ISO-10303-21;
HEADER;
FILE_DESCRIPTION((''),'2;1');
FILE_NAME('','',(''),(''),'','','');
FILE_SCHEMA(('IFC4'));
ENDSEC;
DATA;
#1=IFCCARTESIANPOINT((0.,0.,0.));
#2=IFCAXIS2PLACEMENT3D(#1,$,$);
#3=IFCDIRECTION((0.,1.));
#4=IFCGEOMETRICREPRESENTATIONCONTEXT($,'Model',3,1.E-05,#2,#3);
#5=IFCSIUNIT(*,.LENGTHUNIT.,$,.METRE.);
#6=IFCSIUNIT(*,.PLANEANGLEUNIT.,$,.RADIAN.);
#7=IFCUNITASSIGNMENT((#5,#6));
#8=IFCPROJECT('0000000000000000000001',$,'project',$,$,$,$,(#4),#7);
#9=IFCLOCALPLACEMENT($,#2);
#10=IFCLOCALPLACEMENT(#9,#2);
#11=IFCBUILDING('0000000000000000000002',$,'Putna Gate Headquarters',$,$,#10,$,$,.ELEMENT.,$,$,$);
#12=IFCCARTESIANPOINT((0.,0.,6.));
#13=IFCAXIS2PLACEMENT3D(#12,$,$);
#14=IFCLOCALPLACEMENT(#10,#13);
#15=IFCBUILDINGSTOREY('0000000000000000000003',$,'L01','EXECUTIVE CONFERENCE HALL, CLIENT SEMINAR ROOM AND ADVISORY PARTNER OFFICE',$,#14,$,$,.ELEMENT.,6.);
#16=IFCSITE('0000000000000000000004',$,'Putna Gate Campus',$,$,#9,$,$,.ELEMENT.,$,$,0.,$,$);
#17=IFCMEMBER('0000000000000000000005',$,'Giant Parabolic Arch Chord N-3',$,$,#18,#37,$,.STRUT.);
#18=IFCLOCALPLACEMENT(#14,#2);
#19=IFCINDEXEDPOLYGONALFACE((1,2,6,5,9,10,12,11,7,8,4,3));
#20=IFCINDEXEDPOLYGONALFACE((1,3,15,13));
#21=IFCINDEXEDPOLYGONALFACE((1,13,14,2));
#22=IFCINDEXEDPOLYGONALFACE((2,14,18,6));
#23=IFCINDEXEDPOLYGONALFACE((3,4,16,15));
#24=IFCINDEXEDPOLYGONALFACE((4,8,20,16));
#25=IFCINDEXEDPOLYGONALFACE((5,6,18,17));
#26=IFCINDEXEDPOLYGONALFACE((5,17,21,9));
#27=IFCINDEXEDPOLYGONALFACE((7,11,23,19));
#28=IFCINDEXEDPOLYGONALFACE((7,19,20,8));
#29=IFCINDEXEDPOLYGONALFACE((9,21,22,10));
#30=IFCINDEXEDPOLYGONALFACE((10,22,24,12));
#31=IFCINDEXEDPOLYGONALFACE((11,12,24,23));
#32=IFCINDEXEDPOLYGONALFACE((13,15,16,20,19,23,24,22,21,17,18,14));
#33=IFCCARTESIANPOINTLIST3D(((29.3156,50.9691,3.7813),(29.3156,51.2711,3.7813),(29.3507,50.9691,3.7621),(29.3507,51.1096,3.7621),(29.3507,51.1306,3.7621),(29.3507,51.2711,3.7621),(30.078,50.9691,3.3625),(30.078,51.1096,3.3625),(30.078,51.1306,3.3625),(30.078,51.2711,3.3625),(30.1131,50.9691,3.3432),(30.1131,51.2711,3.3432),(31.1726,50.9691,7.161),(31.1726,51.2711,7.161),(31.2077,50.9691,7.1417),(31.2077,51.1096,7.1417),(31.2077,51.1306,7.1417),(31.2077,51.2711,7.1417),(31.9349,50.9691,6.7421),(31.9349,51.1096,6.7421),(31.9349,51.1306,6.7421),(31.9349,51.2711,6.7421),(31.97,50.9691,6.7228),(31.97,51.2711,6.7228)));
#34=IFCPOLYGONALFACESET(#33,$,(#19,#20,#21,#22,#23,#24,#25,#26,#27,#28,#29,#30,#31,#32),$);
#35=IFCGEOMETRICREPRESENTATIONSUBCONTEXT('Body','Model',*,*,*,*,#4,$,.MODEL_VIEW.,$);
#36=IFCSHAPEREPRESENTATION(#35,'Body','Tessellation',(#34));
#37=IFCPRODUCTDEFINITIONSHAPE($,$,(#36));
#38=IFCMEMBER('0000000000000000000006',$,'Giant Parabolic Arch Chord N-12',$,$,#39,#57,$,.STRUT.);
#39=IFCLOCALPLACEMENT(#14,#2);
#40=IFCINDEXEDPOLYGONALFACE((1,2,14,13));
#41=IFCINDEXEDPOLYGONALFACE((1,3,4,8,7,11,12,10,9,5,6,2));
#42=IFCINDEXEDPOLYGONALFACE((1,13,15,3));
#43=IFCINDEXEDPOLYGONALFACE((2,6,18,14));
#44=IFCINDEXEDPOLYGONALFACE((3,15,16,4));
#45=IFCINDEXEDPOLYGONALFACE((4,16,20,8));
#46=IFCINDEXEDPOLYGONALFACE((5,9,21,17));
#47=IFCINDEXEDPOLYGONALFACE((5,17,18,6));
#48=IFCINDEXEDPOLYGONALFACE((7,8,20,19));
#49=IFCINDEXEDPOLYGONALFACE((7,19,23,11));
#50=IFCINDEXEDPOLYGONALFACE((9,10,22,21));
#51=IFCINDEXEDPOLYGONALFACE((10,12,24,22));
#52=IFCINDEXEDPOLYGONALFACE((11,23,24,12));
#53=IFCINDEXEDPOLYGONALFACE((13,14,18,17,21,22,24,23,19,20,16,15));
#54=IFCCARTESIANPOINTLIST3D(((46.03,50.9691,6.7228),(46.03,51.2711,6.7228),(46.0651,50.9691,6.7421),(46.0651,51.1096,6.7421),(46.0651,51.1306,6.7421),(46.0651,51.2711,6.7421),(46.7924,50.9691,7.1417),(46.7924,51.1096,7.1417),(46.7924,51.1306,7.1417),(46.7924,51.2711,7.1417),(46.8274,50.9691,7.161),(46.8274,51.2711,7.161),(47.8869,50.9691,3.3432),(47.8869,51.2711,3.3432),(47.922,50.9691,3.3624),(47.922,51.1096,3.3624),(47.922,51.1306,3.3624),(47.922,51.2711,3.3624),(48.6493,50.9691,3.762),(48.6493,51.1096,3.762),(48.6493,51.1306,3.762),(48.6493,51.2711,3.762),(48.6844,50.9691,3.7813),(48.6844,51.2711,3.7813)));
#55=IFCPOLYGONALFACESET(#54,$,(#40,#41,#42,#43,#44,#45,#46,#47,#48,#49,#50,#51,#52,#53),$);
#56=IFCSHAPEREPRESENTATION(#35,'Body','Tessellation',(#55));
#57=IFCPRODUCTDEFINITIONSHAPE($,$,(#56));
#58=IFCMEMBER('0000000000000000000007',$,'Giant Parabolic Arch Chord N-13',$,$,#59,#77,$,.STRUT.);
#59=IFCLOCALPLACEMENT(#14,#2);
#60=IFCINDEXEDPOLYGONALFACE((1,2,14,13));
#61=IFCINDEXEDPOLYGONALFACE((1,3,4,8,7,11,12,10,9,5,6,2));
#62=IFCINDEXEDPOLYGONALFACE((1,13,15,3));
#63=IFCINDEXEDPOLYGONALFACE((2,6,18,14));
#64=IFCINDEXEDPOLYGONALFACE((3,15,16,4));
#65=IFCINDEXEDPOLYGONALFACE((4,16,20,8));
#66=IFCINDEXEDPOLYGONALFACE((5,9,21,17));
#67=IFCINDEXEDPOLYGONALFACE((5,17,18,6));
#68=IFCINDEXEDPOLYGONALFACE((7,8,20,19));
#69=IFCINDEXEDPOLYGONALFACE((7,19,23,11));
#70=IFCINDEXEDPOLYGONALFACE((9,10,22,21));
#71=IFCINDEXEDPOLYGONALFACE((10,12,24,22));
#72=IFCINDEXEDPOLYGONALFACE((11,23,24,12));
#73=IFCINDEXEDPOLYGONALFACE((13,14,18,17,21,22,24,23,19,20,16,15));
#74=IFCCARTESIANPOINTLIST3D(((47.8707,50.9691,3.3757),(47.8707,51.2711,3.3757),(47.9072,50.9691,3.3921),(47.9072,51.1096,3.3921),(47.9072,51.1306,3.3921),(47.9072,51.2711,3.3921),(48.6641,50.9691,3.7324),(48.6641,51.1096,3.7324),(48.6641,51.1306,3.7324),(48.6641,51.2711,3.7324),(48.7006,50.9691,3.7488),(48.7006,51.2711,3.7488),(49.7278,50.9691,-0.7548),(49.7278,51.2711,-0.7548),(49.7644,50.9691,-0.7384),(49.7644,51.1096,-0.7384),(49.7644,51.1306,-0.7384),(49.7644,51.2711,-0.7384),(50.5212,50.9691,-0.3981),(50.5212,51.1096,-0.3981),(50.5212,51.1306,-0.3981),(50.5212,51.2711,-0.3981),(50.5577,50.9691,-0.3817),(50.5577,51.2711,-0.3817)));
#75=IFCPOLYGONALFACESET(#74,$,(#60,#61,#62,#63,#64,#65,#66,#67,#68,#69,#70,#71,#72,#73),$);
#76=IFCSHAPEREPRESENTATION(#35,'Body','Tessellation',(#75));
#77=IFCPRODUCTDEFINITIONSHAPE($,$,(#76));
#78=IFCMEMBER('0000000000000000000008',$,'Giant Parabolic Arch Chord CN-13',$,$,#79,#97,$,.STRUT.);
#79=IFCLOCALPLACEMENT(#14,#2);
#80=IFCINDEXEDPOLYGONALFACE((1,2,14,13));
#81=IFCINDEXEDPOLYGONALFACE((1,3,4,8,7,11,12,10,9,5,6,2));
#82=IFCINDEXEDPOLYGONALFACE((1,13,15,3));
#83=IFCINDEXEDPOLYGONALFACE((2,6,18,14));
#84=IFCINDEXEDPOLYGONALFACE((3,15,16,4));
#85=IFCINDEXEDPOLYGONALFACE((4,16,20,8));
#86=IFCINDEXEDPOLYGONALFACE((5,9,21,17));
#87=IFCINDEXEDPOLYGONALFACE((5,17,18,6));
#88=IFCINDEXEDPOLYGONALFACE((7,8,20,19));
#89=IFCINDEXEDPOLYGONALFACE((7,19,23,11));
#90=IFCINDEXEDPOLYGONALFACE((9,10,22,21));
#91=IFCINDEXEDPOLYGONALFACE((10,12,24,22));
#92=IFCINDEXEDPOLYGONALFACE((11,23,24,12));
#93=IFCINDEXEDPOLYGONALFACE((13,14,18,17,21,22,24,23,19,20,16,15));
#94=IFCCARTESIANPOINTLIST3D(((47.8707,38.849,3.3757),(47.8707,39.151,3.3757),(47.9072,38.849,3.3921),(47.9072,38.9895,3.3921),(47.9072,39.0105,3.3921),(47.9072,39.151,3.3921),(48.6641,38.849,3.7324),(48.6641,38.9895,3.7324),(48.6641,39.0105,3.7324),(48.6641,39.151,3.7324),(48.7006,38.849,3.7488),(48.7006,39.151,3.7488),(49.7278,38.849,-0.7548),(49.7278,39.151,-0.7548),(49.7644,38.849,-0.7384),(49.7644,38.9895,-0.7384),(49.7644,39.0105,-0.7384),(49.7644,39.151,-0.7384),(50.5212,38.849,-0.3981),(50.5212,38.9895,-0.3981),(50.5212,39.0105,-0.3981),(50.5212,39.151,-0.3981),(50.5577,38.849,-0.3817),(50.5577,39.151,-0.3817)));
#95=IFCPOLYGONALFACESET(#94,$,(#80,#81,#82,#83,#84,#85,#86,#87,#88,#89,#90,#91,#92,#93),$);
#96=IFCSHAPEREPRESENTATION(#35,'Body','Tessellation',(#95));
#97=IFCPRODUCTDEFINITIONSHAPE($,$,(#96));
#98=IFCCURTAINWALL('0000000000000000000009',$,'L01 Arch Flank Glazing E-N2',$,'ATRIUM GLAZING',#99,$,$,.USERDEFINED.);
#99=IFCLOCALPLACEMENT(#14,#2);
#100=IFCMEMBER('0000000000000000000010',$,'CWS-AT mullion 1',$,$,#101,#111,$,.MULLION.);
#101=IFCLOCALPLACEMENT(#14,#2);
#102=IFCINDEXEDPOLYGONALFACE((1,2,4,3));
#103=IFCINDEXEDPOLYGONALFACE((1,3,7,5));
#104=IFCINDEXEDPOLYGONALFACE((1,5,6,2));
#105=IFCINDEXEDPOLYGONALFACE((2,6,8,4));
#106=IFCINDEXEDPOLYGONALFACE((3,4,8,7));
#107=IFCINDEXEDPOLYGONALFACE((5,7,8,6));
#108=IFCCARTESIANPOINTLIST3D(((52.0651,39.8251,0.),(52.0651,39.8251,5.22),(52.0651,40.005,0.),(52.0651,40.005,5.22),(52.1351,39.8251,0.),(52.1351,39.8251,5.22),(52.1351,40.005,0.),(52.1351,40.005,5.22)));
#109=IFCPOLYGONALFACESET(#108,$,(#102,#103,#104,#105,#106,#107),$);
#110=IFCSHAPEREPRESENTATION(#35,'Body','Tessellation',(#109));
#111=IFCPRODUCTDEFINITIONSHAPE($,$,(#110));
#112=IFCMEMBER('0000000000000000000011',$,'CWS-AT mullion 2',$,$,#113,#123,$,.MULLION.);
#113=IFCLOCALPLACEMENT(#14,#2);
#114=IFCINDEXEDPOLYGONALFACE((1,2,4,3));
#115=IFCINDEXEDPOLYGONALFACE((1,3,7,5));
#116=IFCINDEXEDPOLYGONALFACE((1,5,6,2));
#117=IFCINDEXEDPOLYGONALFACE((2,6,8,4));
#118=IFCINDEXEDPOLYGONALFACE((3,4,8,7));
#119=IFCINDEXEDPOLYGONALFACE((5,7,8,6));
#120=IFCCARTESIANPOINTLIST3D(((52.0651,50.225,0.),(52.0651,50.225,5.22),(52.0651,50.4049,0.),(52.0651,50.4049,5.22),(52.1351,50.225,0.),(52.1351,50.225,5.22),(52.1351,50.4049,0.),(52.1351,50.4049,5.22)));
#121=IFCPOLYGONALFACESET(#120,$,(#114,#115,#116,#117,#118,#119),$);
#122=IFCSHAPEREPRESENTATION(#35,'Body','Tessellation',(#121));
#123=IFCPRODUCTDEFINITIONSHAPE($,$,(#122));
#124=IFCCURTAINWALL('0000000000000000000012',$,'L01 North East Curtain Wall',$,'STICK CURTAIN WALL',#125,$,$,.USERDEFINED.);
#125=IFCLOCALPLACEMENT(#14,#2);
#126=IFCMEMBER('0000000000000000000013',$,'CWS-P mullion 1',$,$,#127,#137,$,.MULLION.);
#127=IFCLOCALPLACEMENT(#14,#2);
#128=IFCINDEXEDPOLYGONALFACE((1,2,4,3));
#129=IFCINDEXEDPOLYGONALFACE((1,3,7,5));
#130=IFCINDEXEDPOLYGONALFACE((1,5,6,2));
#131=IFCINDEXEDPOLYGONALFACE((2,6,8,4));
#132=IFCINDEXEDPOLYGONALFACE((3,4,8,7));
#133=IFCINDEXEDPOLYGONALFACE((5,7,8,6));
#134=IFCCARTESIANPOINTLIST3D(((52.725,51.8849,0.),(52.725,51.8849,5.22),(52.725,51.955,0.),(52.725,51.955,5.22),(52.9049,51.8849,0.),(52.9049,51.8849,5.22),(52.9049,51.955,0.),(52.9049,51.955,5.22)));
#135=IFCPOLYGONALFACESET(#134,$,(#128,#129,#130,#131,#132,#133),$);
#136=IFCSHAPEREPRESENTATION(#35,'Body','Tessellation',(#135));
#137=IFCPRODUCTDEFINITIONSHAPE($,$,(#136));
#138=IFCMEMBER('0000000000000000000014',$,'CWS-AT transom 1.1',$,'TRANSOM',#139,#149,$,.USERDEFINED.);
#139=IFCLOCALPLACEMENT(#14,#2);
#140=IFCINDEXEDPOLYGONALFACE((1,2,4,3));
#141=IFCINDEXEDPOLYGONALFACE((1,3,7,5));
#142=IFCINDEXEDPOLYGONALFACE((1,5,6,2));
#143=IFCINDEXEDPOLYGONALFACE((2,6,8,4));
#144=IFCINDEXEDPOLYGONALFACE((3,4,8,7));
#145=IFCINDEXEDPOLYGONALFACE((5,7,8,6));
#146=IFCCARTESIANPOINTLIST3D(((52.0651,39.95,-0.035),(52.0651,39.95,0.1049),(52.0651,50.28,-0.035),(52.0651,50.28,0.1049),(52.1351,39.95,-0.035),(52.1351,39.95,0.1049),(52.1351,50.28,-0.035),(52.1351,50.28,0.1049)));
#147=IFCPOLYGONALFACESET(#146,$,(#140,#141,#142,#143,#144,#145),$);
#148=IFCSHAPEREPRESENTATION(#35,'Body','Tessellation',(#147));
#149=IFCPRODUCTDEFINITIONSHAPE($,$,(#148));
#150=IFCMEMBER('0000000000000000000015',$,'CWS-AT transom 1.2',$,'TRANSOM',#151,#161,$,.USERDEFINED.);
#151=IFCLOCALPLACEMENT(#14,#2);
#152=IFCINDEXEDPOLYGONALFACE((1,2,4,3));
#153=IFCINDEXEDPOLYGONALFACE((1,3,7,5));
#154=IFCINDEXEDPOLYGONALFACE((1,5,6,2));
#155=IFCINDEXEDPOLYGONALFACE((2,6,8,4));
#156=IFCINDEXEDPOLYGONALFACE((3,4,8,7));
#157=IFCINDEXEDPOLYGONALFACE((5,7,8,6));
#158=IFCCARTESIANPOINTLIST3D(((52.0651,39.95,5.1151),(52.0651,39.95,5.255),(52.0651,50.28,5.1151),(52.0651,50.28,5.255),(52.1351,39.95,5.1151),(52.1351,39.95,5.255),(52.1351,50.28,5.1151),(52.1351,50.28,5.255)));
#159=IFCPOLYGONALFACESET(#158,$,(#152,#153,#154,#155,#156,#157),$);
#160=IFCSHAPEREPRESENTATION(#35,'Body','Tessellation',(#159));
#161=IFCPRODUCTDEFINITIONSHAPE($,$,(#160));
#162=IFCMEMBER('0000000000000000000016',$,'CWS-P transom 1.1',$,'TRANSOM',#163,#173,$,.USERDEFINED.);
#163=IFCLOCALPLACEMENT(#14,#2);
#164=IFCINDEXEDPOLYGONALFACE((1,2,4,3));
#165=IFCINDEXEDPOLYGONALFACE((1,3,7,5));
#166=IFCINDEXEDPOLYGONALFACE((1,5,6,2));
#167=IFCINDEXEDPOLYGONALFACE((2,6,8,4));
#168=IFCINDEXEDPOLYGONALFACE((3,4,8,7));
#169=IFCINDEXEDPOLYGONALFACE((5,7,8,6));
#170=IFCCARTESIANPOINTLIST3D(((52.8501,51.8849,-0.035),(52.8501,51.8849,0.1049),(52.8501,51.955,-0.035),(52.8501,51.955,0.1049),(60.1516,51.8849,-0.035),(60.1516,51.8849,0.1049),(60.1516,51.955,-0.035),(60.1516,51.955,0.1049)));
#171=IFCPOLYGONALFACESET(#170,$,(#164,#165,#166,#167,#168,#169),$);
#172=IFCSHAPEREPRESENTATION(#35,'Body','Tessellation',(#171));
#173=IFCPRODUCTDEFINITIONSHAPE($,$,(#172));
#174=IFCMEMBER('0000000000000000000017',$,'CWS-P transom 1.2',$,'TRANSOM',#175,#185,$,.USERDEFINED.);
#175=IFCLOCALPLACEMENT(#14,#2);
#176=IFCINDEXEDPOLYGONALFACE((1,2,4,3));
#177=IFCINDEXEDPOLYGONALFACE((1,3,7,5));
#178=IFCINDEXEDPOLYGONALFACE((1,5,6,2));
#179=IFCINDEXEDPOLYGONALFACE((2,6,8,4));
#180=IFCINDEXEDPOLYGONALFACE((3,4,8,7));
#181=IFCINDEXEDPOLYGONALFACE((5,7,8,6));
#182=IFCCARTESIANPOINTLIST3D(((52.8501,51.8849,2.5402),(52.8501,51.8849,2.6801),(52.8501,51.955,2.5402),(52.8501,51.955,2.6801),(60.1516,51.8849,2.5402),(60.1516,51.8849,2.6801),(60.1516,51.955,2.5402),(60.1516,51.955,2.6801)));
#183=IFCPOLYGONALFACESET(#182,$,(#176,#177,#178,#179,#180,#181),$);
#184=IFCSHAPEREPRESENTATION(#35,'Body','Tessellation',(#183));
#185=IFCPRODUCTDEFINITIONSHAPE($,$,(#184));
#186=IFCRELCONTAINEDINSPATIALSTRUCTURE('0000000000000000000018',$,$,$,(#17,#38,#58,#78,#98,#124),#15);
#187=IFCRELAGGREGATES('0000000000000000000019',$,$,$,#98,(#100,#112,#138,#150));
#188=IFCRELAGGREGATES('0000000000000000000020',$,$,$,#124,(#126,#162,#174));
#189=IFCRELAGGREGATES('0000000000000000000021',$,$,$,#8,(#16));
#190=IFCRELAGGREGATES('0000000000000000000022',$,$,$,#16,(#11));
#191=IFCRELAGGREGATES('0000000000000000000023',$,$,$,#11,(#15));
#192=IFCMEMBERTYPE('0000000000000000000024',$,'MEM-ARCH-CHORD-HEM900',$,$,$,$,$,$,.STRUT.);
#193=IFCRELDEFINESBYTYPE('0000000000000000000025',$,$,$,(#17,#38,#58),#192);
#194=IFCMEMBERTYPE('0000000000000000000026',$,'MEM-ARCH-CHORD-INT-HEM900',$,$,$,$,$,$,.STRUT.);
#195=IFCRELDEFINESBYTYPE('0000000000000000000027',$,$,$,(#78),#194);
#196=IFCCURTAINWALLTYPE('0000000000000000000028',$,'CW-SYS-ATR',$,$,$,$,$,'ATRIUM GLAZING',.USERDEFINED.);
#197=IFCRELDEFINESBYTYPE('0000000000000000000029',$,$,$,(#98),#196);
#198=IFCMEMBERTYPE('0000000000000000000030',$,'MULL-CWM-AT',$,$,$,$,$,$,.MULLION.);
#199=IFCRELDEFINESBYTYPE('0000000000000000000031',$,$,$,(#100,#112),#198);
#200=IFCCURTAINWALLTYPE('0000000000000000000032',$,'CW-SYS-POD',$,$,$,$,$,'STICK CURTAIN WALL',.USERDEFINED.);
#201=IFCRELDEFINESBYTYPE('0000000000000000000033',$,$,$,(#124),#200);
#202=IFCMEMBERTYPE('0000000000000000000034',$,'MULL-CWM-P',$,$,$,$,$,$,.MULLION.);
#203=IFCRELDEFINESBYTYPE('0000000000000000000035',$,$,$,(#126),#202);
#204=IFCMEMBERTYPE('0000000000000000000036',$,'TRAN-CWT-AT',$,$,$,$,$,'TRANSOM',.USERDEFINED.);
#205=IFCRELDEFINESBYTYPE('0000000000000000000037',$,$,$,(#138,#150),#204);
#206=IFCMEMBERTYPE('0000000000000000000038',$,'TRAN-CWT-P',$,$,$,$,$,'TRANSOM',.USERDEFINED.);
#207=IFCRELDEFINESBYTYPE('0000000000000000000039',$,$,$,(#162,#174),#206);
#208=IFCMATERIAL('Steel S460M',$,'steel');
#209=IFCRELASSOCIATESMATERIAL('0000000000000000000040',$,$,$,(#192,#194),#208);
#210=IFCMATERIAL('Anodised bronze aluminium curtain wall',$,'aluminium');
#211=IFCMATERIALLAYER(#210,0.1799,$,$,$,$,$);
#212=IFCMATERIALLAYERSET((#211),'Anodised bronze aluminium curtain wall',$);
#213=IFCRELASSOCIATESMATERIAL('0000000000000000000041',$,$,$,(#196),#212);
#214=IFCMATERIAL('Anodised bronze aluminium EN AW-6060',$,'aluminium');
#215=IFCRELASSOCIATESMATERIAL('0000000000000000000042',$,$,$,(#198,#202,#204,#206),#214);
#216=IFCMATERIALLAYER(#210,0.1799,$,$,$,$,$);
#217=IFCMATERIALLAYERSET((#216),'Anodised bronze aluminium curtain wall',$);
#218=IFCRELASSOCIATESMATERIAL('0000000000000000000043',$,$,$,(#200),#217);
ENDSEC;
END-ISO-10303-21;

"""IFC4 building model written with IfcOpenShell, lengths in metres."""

from ifc_helpers import new_model, si_unit, direction, frame, origin, origin_2d, place, context, subcontext, project, spatial, rectangle, i_section, extrude, material, layer, layer_set, material_profile, profile_set, type_object, element, aggregate, save


model = new_model("IFC4")

# Units and contexts
model_context = context("Model", 3, precision=1e-05, world=origin(), true_north=direction((0.0, 1.0)))
body_context = subcontext(model_context, "Body", "Model", "MODEL_VIEW")
ifc_project = project(units=[si_unit("LENGTHUNIT", "METRE"), si_unit("PLANEANGLEUNIT", "RADIAN")], contexts=[model_context])

# Site, building, storey
site_placement = place(None, origin())
site = spatial("IfcSite", under=ifc_project, at=site_placement, Name="Putna Gate Campus", CompositionType="ELEMENT", RefElevation=0.0)
building_placement = place(site_placement, origin())
building = spatial("IfcBuilding", under=site, at=building_placement, Name="Putna Gate Headquarters", CompositionType="ELEMENT")
storey_placement = place(building_placement, frame((0.0, 0.0, 6.0)))
storey = spatial("IfcBuildingStorey", under=building, at=storey_placement, Name="L01", Description="EXECUTIVE CONFERENCE HALL, CLIENT SEMINAR ROOM AND ADVISORY PARTNER OFFICE", CompositionType="ELEMENT", Elevation=6.0)

# Members
ifc_material_1 = material(Name="Steel S460M", Category="steel")
ifc_material_profile_1 = material_profile(ifc_material_1, i_section(OverallWidth=0.302, OverallDepth=0.9099, WebThickness=0.021, FlangeThickness=0.04, at=origin_2d()), Name="Steel S460M")
ifc_profile_set_1 = profile_set([ifc_material_profile_1], Name="Steel S460M")
member_type_1 = type_object("IfcMemberType", Name="MEM-ARCH-CHORD-HEM900", PredefinedType="STRUT", material=ifc_profile_set_1)
for number, where, z_axis, x_axis, name in (
    (1, (29.7144, 51.1201, 3.5623), (0.481547, 0.0, 0.87642), (0.0, 1.0, 0.0), "Giant Parabolic Arch Chord N-3"),
    (2, (46.4287, 51.1201, 6.9419), (0.481547, 0.0, -0.87642), (0.0, 1.0, 0.0), "Giant Parabolic Arch Chord N-12"),
):
    element("IfcMember", number, at=place(storey_placement, frame(where, z_axis=z_axis, x_axis=x_axis)), inside=storey, type_object=member_type_1, Name=name, PredefinedType="STRUT", context=body_context, shape_type="SweptSolid", body=[
        extrude(i_section(OverallWidth=0.302, OverallDepth=0.9099, WebThickness=0.021, FlangeThickness=0.04, at=origin_2d()), origin(), (0.0, 0.0, 1.0), 3.8562),
    ])
member_1_placement = place(storey_placement, frame((48.2856, 51.1201, 3.5623), z_axis=(0.410071, 0.0, -0.912054), x_axis=(0.0, 1.0, 0.0)))
element("IfcMember", 3, at=member_1_placement, inside=storey, type_object=member_type_1, Name="Giant Parabolic Arch Chord N-13", PredefinedType="STRUT", context=body_context, shape_type="SweptSolid", body=[
    extrude(i_section(OverallWidth=0.302, OverallDepth=0.9099, WebThickness=0.021, FlangeThickness=0.04, at=origin_2d()), origin(), (0.0, 0.0, 1.0), 4.5288),
])
ifc_material_profile_2 = material_profile(ifc_material_1, i_section(OverallWidth=0.302, OverallDepth=0.9099, WebThickness=0.021, FlangeThickness=0.04, at=origin_2d()), Name="Steel S460M")
ifc_profile_set_2 = profile_set([ifc_material_profile_2], Name="Steel S460M")
member_type_2 = type_object("IfcMemberType", Name="MEM-ARCH-CHORD-INT-HEM900", PredefinedType="STRUT", material=ifc_profile_set_2)
member_2_placement = place(storey_placement, frame((48.2856, 39.0, 3.5623), z_axis=(0.410071, 0.0, -0.912054), x_axis=(0.0, 1.0, 0.0)))
element("IfcMember", 4, at=member_2_placement, inside=storey, type_object=member_type_2, Name="Giant Parabolic Arch Chord CN-13", PredefinedType="STRUT", context=body_context, shape_type="SweptSolid", body=[
    extrude(i_section(OverallWidth=0.302, OverallDepth=0.9099, WebThickness=0.021, FlangeThickness=0.04, at=origin_2d()), origin(), (0.0, 0.0, 1.0), 4.5288),
])

# Curtain wall, members
ifc_material_2 = material(Name="Anodised bronze aluminium curtain wall", Category="aluminium")
ifc_layer_1 = layer(ifc_material_2, 0.1799)
ifc_layer_set_1 = layer_set([ifc_layer_1], Name="Anodised bronze aluminium curtain wall")
curtain_wall_type_1 = type_object("IfcCurtainWallType", Name="CW-SYS-ATR", ElementType="ATRIUM GLAZING", PredefinedType="USERDEFINED", material=ifc_layer_set_1)
curtain_wall_1_placement = place(storey_placement, origin())
curtain_wall_1 = element("IfcCurtainWall", 5, at=curtain_wall_1_placement, inside=storey, type_object=curtain_wall_type_1, Name="L01 Arch Flank Glazing E-N2", ObjectType="ATRIUM GLAZING", PredefinedType="USERDEFINED")
ifc_material_3 = material(Name="Anodised bronze aluminium EN AW-6060", Category="aluminium")
ifc_material_profile_3 = material_profile(ifc_material_3, rectangle(XDim=0.0701, YDim=0.1799, at=origin_2d()), Name="Anodised bronze aluminium EN AW-6060")
ifc_profile_set_3 = profile_set([ifc_material_profile_3], Name="Anodised bronze aluminium EN AW-6060")
member_type_3 = type_object("IfcMemberType", Name="MULL-CWM-AT", PredefinedType="MULLION", material=ifc_profile_set_3)
member_3_placement = place(storey_placement, frame((52.1001, 39.915, 0.0), z_axis=(0.0, 0.0, 1.0), x_axis=(-1.0, 0.0, 0.0)))
member_3 = element("IfcMember", 6, at=member_3_placement, type_object=member_type_3, Name="CWS-AT mullion 1", PredefinedType="MULLION", context=body_context, shape_type="SweptSolid", body=[
    extrude(rectangle(XDim=0.0701, YDim=0.1799, at=origin_2d()), origin(), (0.0, 0.0, 1.0), 5.22),
])
member_4_placement = place(storey_placement, frame((52.1001, 50.3149, 0.0), z_axis=(0.0, 0.0, 1.0), x_axis=(-1.0, 0.0, 0.0)))
member_4 = element("IfcMember", 7, at=member_4_placement, type_object=member_type_3, Name="CWS-AT mullion 2", PredefinedType="MULLION", context=body_context, shape_type="SweptSolid", body=[
    extrude(rectangle(XDim=0.0701, YDim=0.1799, at=origin_2d()), origin(), (0.0, 0.0, 1.0), 5.22),
])

# Curtain wall, member
ifc_layer_2 = layer(ifc_material_2, 0.1799)
ifc_layer_set_2 = layer_set([ifc_layer_2], Name="Anodised bronze aluminium curtain wall")
curtain_wall_type_2 = type_object("IfcCurtainWallType", Name="CW-SYS-POD", ElementType="STICK CURTAIN WALL", PredefinedType="USERDEFINED", material=ifc_layer_set_2)
curtain_wall_2_placement = place(storey_placement, origin())
curtain_wall_2 = element("IfcCurtainWall", 8, at=curtain_wall_2_placement, inside=storey, type_object=curtain_wall_type_2, Name="L01 North East Curtain Wall", ObjectType="STICK CURTAIN WALL", PredefinedType="USERDEFINED")
ifc_material_profile_4 = material_profile(ifc_material_3, rectangle(XDim=0.0701, YDim=0.1799, at=origin_2d()), Name="Anodised bronze aluminium EN AW-6060")
ifc_profile_set_4 = profile_set([ifc_material_profile_4], Name="Anodised bronze aluminium EN AW-6060")
member_type_4 = type_object("IfcMemberType", Name="MULL-CWM-P", PredefinedType="MULLION", material=ifc_profile_set_4)
member_5_placement = place(storey_placement, frame((52.8149, 51.9199, 0.0), z_axis=(0.0, 0.0, 1.0), x_axis=(0.0, 1.0, 0.0)))
member_5 = element("IfcMember", 9, at=member_5_placement, type_object=member_type_4, Name="CWS-P mullion 1", PredefinedType="MULLION", context=body_context, shape_type="SweptSolid", body=[
    extrude(rectangle(XDim=0.0701, YDim=0.1799, at=origin_2d()), origin(), (0.0, 0.0, 1.0), 5.22),
])

# Members
ifc_material_profile_5 = material_profile(ifc_material_3, rectangle(XDim=0.0701, YDim=0.1399, at=origin_2d()), Name="Anodised bronze aluminium EN AW-6060")
ifc_profile_set_5 = profile_set([ifc_material_profile_5], Name="Anodised bronze aluminium EN AW-6060")
member_type_5 = type_object("IfcMemberType", Name="TRAN-CWT-AT", ElementType="TRANSOM", PredefinedType="USERDEFINED", material=ifc_profile_set_5)
member_6_placement = place(storey_placement, frame((52.1001, 39.95, 0.0349), z_axis=(0.0, 1.0, 0.0), x_axis=(-1.0, 0.0, 0.0)))
member_6 = element("IfcMember", 10, at=member_6_placement, type_object=member_type_5, Name="CWS-AT transom 1.1", ObjectType="TRANSOM", PredefinedType="USERDEFINED", context=body_context, shape_type="SweptSolid", body=[
    extrude(rectangle(XDim=0.0701, YDim=0.1399, at=origin_2d()), origin(), (0.0, 0.0, 1.0), 10.3301),
])
member_7_placement = place(storey_placement, frame((52.1001, 39.95, 5.1851), z_axis=(0.0, 1.0, 0.0), x_axis=(-1.0, 0.0, 0.0)))
member_7 = element("IfcMember", 11, at=member_7_placement, type_object=member_type_5, Name="CWS-AT transom 1.2", ObjectType="TRANSOM", PredefinedType="USERDEFINED", context=body_context, shape_type="SweptSolid", body=[
    extrude(rectangle(XDim=0.0701, YDim=0.1399, at=origin_2d()), origin(), (0.0, 0.0, 1.0), 10.3301),
])
ifc_material_profile_6 = material_profile(ifc_material_3, rectangle(XDim=0.0701, YDim=0.1399, at=origin_2d()), Name="Anodised bronze aluminium EN AW-6060")
ifc_profile_set_6 = profile_set([ifc_material_profile_6], Name="Anodised bronze aluminium EN AW-6060")
member_type_6 = type_object("IfcMemberType", Name="TRAN-CWT-P", ElementType="TRANSOM", PredefinedType="USERDEFINED", material=ifc_profile_set_6)
member_8_placement = place(storey_placement, frame((52.8501, 51.9199, 0.0349), z_axis=(1.0, 0.0, 0.0), x_axis=(0.0, 1.0, 0.0)))
member_8 = element("IfcMember", 12, at=member_8_placement, type_object=member_type_6, Name="CWS-P transom 1.1", ObjectType="TRANSOM", PredefinedType="USERDEFINED", context=body_context, shape_type="SweptSolid", body=[
    extrude(rectangle(XDim=0.0701, YDim=0.1399, at=origin_2d()), origin(), (0.0, 0.0, 1.0), 7.3015),
])
member_9_placement = place(storey_placement, frame((52.8501, 51.9199, 2.6101), z_axis=(1.0, 0.0, 0.0), x_axis=(0.0, 1.0, 0.0)))
member_9 = element("IfcMember", 13, at=member_9_placement, type_object=member_type_6, Name="CWS-P transom 1.2", ObjectType="TRANSOM", PredefinedType="USERDEFINED", context=body_context, shape_type="SweptSolid", body=[
    extrude(rectangle(XDim=0.0701, YDim=0.1399, at=origin_2d()), origin(), (0.0, 0.0, 1.0), 7.3015),
])

aggregate(curtain_wall_1, [member_3, member_4, member_6, member_7])
aggregate(curtain_wall_2, [member_5, member_8, member_9])

save(model, "model.ifc")
